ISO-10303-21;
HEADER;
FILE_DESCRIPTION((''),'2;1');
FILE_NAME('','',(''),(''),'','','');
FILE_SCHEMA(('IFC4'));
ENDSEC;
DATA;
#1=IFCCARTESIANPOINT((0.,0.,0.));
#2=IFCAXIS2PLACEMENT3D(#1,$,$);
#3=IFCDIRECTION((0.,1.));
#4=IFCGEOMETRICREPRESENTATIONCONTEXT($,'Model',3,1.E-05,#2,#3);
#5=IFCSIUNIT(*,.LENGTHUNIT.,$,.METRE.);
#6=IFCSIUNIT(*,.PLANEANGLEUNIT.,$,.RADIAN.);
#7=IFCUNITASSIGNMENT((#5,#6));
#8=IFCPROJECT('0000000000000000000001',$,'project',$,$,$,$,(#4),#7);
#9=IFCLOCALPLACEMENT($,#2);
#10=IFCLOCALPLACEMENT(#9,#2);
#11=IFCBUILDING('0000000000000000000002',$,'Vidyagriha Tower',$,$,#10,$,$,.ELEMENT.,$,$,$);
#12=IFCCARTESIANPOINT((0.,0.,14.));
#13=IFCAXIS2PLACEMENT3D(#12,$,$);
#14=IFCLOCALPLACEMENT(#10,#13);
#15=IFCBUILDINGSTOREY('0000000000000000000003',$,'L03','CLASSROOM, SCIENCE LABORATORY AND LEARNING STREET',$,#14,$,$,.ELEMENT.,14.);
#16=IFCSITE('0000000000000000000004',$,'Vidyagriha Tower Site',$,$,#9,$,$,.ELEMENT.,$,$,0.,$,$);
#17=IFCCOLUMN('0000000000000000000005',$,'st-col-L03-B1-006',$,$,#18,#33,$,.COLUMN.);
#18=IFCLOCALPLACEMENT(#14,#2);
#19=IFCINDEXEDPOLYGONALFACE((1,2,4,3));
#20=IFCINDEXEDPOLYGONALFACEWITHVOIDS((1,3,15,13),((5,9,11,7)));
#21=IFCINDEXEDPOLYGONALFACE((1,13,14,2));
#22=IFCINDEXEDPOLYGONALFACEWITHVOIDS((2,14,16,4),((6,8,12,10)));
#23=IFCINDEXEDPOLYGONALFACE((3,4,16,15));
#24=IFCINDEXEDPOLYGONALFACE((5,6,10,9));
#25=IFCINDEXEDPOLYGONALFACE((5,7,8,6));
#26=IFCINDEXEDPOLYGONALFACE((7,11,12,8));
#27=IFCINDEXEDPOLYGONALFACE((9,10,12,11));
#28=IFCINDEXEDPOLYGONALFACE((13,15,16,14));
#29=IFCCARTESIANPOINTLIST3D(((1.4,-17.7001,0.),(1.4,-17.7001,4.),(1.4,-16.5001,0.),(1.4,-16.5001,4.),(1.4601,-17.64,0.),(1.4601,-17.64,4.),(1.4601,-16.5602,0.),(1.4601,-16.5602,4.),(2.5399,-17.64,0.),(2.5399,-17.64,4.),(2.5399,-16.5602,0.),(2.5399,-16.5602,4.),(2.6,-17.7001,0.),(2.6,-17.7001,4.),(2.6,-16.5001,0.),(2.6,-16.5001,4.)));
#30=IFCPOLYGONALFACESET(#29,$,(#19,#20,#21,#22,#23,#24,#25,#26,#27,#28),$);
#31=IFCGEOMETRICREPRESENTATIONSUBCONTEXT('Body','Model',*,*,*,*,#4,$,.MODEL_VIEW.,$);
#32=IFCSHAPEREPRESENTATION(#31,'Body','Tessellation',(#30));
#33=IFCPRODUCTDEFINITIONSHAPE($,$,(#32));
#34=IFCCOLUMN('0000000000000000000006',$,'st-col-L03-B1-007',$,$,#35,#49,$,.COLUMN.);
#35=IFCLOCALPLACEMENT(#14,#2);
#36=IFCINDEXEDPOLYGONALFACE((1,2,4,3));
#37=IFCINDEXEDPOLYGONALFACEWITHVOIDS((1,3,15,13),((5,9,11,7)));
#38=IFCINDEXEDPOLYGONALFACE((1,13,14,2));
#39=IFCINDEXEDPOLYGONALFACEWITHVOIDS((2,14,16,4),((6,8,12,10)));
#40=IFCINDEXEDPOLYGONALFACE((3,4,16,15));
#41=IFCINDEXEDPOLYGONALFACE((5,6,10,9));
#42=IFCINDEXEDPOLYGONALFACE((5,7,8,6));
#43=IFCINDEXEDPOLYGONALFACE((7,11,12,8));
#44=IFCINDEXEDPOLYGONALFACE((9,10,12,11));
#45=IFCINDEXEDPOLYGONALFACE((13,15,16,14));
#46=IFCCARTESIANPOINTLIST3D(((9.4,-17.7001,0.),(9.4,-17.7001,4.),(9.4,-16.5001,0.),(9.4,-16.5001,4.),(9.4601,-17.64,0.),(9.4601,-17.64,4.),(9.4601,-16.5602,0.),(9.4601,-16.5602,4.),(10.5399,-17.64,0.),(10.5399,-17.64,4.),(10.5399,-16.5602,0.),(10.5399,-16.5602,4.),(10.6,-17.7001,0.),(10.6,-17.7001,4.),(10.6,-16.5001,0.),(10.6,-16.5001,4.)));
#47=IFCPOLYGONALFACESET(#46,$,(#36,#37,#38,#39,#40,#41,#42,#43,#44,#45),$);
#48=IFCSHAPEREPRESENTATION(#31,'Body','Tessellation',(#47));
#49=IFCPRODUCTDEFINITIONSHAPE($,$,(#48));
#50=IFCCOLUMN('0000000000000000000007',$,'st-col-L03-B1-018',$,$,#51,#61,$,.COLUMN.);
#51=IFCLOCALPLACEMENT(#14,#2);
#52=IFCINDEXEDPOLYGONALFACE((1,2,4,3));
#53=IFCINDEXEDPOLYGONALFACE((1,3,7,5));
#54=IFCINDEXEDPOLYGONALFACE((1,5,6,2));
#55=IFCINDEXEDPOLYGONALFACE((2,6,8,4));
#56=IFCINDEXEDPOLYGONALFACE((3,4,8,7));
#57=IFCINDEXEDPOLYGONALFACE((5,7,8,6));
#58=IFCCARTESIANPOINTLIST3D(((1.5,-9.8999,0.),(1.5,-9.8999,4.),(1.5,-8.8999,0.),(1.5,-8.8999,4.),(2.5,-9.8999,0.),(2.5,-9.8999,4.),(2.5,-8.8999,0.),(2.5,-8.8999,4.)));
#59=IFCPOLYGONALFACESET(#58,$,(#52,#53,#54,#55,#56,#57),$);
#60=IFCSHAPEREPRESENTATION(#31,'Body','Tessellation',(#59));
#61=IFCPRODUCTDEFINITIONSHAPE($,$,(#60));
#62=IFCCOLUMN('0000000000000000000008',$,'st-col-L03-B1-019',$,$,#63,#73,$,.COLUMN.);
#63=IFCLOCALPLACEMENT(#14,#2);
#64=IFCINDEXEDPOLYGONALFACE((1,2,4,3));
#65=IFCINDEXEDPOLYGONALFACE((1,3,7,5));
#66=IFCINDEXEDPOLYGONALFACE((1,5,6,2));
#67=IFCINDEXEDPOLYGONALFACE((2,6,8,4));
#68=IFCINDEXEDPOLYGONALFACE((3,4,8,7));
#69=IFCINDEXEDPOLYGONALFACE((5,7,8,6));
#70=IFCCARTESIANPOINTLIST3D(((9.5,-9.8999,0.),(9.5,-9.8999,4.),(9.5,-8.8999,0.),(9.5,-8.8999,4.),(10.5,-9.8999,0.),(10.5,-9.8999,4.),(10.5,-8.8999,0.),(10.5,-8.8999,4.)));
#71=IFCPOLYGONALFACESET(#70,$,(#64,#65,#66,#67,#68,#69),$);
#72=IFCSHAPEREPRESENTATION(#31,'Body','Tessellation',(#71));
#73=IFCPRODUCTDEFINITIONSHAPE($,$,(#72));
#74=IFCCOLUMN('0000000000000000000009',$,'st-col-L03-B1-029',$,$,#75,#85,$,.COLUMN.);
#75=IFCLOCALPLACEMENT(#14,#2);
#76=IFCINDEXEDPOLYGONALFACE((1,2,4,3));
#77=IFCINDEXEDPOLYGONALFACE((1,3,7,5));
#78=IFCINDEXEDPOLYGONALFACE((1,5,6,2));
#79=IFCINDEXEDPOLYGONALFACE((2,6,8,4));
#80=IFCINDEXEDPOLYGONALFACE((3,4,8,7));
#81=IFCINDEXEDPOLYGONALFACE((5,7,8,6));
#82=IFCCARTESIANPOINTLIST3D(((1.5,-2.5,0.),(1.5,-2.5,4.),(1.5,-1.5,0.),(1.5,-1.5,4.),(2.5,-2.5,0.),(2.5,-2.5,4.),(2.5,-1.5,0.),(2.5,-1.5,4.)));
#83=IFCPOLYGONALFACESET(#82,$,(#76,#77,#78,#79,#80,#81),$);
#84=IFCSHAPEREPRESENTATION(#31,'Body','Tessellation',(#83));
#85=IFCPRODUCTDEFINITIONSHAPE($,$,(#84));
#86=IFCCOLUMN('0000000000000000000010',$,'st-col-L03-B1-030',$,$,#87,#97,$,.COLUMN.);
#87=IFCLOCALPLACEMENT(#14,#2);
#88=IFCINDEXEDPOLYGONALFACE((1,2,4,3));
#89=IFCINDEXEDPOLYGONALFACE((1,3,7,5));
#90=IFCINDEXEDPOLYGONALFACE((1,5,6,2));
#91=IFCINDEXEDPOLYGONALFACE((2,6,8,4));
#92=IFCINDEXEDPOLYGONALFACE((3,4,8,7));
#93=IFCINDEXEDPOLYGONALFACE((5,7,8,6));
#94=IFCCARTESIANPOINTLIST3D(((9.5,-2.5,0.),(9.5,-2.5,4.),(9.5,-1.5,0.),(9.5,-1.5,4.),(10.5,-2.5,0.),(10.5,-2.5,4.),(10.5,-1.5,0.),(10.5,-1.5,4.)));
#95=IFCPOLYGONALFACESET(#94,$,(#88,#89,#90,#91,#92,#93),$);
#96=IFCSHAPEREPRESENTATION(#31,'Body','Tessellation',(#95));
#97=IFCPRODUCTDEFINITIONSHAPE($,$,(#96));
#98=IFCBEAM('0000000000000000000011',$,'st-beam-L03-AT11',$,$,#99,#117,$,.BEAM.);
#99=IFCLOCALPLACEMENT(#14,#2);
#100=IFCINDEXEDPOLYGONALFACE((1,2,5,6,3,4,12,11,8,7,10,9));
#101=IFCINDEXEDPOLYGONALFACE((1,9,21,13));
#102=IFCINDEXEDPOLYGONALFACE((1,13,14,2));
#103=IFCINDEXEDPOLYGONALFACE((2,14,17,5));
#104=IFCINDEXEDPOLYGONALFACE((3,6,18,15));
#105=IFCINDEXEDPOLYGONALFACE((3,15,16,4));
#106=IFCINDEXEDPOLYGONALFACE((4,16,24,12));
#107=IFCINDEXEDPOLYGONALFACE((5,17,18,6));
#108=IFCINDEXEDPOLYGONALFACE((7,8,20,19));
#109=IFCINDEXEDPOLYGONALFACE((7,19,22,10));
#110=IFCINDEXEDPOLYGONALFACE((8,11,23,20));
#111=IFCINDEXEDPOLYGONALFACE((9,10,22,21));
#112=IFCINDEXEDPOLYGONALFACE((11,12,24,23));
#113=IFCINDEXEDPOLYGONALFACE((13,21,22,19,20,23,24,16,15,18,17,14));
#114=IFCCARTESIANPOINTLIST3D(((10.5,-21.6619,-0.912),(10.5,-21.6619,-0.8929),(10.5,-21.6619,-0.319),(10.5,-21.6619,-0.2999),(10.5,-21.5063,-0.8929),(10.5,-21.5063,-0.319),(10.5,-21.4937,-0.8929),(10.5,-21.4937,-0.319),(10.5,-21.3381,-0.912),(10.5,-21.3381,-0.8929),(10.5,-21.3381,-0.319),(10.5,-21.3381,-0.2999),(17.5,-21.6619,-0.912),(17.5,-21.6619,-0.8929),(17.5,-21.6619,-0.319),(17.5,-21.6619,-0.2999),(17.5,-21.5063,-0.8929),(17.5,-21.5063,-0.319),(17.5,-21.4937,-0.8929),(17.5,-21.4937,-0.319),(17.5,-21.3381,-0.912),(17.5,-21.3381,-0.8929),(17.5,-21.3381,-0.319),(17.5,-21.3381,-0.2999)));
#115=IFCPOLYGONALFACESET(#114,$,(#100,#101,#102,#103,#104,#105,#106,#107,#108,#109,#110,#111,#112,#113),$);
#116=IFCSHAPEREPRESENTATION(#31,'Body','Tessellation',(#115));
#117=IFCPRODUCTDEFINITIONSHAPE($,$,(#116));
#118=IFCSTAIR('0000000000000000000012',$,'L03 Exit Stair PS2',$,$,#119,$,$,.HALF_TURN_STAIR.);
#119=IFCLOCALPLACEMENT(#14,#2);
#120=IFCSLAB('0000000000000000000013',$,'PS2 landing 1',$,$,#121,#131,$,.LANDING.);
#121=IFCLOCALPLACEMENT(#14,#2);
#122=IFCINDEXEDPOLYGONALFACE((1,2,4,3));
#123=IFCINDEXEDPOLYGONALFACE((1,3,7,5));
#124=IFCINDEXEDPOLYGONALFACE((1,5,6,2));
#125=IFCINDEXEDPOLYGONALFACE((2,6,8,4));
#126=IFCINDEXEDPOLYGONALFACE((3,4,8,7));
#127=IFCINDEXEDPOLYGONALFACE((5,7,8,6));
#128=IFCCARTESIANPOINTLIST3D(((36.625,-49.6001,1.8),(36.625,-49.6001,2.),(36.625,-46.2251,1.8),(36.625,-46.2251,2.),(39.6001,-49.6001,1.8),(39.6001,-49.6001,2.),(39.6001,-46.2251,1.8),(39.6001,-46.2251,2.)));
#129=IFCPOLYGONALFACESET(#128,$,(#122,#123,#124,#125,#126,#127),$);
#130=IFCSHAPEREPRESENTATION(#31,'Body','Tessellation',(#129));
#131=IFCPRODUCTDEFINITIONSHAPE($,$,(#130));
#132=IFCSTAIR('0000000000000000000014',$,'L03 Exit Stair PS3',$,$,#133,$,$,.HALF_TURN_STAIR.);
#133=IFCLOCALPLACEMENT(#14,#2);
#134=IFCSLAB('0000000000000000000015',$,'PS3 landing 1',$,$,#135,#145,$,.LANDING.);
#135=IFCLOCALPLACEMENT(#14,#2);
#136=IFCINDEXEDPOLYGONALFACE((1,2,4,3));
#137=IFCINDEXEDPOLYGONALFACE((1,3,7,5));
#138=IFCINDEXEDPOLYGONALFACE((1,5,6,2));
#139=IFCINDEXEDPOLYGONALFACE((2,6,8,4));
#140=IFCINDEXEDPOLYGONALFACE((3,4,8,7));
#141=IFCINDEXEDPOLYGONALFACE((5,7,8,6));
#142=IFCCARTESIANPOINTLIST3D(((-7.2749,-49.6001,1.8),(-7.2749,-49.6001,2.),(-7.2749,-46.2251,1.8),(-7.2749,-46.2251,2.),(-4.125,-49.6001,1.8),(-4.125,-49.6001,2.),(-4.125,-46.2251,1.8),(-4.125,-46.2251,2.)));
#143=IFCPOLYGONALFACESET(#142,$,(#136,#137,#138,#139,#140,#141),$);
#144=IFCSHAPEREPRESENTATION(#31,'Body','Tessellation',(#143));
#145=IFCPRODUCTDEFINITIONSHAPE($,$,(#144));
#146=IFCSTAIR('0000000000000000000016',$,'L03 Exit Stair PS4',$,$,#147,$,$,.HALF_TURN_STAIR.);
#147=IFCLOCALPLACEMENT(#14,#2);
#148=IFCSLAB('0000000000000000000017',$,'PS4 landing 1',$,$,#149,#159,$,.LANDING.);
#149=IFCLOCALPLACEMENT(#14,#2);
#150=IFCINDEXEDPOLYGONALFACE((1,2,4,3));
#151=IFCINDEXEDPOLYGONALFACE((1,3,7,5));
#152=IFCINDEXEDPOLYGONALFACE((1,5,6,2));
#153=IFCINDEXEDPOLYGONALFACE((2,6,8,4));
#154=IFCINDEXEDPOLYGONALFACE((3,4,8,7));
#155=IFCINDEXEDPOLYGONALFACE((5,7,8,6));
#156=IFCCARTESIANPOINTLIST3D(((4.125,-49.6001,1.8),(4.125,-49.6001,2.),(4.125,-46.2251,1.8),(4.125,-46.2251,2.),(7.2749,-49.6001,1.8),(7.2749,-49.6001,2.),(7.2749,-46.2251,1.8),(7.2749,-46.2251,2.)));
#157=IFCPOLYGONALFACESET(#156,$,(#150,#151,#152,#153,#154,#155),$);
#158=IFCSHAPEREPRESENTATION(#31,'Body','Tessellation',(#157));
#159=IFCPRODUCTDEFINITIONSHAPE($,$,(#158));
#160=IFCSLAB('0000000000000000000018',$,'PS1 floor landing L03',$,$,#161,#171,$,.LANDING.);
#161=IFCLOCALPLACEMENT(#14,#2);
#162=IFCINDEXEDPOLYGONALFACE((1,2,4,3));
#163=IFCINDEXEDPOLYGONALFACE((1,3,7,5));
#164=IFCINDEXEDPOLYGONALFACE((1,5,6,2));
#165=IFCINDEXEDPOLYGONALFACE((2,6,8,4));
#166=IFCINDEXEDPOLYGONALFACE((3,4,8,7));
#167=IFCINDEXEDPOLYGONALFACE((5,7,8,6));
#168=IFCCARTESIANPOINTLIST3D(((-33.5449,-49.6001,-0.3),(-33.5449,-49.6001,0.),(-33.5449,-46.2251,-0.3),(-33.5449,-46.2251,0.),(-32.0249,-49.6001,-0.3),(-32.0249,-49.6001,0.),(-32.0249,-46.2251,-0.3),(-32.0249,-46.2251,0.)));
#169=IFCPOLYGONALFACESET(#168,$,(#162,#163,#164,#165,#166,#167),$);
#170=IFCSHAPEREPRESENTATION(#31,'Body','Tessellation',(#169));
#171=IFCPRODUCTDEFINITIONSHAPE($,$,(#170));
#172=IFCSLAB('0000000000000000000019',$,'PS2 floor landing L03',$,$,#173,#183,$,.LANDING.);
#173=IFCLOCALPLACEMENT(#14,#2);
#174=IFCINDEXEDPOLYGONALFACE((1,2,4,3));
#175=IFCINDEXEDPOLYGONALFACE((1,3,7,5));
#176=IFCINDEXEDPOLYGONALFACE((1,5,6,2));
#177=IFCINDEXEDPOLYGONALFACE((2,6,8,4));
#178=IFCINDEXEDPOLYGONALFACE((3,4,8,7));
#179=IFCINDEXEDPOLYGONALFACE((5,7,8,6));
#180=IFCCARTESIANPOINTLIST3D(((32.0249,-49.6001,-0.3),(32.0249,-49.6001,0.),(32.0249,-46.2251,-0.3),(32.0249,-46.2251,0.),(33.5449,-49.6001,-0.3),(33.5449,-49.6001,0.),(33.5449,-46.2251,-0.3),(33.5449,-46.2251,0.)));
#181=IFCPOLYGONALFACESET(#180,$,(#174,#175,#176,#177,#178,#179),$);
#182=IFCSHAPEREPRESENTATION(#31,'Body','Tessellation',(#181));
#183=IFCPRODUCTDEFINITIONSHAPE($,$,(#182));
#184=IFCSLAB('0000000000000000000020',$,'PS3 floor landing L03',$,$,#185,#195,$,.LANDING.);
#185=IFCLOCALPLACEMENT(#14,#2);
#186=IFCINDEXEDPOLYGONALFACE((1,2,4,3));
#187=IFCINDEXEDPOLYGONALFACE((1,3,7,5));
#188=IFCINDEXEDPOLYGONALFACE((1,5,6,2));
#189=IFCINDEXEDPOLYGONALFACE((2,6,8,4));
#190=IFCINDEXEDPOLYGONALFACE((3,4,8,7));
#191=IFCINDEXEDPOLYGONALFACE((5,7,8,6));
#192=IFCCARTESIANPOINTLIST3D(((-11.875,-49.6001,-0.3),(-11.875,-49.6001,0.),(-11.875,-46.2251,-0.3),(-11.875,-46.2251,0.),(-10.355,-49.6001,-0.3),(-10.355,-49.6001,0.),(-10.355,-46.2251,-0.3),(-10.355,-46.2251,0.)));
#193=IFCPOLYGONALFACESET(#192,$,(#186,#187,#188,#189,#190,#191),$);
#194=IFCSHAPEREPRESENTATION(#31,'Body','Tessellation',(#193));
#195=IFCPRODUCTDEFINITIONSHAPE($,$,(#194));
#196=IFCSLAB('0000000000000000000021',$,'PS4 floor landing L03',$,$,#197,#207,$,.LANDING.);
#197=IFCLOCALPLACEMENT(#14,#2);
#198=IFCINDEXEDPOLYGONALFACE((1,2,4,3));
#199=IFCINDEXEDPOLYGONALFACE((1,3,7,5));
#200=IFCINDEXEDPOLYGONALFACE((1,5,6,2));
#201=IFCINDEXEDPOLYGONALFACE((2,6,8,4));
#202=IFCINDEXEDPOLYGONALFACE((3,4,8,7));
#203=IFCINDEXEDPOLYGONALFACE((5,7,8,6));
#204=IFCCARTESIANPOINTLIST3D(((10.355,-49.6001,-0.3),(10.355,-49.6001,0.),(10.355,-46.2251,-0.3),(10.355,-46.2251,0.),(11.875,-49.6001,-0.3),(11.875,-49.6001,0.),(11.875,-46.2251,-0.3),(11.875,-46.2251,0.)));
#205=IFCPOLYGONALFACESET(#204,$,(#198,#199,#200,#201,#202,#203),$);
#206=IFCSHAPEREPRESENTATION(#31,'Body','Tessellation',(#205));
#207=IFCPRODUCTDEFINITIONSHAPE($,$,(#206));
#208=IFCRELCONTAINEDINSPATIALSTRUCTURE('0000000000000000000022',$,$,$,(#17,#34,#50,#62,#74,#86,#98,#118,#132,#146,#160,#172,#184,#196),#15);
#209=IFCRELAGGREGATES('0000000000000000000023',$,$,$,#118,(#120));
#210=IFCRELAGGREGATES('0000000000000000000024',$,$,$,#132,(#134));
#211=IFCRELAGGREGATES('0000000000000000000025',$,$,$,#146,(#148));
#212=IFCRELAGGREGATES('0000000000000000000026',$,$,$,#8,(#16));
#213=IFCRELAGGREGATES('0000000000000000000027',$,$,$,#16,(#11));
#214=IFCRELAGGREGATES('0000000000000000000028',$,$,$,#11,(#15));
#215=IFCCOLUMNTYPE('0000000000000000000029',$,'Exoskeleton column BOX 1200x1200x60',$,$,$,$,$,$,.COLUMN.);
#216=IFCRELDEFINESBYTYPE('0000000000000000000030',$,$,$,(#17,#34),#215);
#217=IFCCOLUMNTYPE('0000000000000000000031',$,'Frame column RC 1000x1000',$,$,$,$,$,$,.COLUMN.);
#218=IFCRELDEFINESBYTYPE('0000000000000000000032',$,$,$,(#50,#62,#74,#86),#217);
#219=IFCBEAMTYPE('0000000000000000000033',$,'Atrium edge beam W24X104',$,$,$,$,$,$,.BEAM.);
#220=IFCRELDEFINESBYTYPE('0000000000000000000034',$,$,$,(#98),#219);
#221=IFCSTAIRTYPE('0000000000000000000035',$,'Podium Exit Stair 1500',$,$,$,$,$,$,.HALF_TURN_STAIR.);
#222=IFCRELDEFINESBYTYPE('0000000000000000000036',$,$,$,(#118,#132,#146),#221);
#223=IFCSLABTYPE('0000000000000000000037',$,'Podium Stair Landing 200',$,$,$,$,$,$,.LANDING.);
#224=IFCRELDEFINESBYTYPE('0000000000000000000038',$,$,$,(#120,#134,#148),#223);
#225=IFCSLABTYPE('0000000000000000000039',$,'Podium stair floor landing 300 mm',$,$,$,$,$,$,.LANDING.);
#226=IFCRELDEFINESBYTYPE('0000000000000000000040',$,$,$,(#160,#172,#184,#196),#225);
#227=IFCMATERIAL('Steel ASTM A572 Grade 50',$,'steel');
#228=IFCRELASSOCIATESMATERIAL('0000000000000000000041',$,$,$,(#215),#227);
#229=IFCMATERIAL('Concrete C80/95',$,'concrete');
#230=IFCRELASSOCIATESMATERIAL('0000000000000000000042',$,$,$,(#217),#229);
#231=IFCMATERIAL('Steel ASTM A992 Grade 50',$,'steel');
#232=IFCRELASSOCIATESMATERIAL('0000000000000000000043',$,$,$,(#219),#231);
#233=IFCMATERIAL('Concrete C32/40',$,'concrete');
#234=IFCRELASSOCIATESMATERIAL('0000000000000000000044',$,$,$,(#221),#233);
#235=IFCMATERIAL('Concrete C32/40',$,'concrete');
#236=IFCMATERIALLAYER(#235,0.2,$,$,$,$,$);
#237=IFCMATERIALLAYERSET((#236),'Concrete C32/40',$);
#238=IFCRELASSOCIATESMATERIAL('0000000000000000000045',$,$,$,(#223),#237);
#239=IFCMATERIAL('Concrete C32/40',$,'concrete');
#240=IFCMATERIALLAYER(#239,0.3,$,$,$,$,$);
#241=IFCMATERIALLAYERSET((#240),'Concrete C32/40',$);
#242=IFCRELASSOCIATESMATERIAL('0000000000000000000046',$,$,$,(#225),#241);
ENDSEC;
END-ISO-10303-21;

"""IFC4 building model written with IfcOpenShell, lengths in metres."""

from ifc_helpers import new_model, si_unit, direction, frame, origin, origin_2d, place, context, subcontext, project, spatial, polyline, rectangle, hollow_rectangle, i_section, outline, extrude, material, layer, layer_set, material_profile, profile_set, type_object, element, aggregate, save


model = new_model("IFC4")

# Units and contexts
model_context = context("Model", 3, precision=1e-05, world=origin(), true_north=direction((0.0, 1.0)))
body_context = subcontext(model_context, "Body", "Model", "MODEL_VIEW")
ifc_project = project(units=[si_unit("LENGTHUNIT", "METRE"), si_unit("PLANEANGLEUNIT", "RADIAN")], contexts=[model_context])

# Site, building, storey
site_placement = place(None, origin())
site = spatial("IfcSite", under=ifc_project, at=site_placement, Name="Vidyagriha Tower Site", CompositionType="ELEMENT", RefElevation=0.0)
building_placement = place(site_placement, origin())
building = spatial("IfcBuilding", under=site, at=building_placement, Name="Vidyagriha Tower", CompositionType="ELEMENT")
storey_placement = place(building_placement, frame((0.0, 0.0, 14.0)))
storey = spatial("IfcBuildingStorey", under=building, at=storey_placement, Name="L03", Description="CLASSROOM, SCIENCE LABORATORY AND LEARNING STREET", CompositionType="ELEMENT", Elevation=14.0)

# Columns
ifc_material_1 = material(Name="Steel ASTM A572 Grade 50", Category="steel")
ifc_material_profile_1 = material_profile(ifc_material_1, hollow_rectangle(XDim=1.2, YDim=1.2, WallThickness=0.0601, at=origin_2d()), Name="BOX 1200x1200x60")
ifc_profile_set_1 = profile_set([ifc_material_profile_1], Name="Steel ASTM A572 Grade 50")
column_type_1 = type_object("IfcColumnType", Name="Exoskeleton column BOX 1200x1200x60", PredefinedType="COLUMN", material=ifc_profile_set_1)
for number, where, name in (
    (1, (2.0, -17.1001, 0.0), "st-col-L03-B1-006"),
    (2, (10.0, -17.1001, 0.0), "st-col-L03-B1-007"),
):
    element("IfcColumn", number, at=place(storey_placement, frame(where)), inside=storey, type_object=column_type_1, Name=name, PredefinedType="COLUMN", context=body_context, shape_type="SweptSolid", body=[
        extrude(hollow_rectangle(XDim=1.2, YDim=1.2, WallThickness=0.0601, at=origin_2d()), origin(), (0.0, 0.0, 1.0), 4.0),
    ])
ifc_material_2 = material(Name="Concrete C80/95", Category="concrete")
ifc_material_profile_2 = material_profile(ifc_material_2, rectangle(XDim=1.0, YDim=1.0, at=origin_2d()), Name="RC 1000x1000")
ifc_profile_set_2 = profile_set([ifc_material_profile_2], Name="Concrete C80/95")
column_type_2 = type_object("IfcColumnType", Name="Frame column RC 1000x1000", PredefinedType="COLUMN", material=ifc_profile_set_2)
for number, where, name in (
    (3, (2.0, -9.3999, 0.0), "st-col-L03-B1-018"),
    (4, (10.0, -9.3999, 0.0), "st-col-L03-B1-019"),
    (5, (2.0, -2.0, 0.0), "st-col-L03-B1-029"),
    (6, (10.0, -2.0, 0.0), "st-col-L03-B1-030"),
):
    element("IfcColumn", number, at=place(storey_placement, frame(where)), inside=storey, type_object=column_type_2, Name=name, PredefinedType="COLUMN", context=body_context, shape_type="SweptSolid", body=[
        extrude(rectangle(XDim=1.0, YDim=1.0, at=origin_2d()), origin(), (0.0, 0.0, 1.0), 4.0),
    ])

# Beam
ifc_material_3 = material(Name="Steel ASTM A992 Grade 50", Category="steel")
ifc_material_profile_3 = material_profile(ifc_material_3, i_section(OverallWidth=0.3237, OverallDepth=0.6121, WebThickness=0.0127, FlangeThickness=0.019, at=origin_2d()), Name="W24X104")
ifc_profile_set_3 = profile_set([ifc_material_profile_3], Name="Steel ASTM A992 Grade 50")
beam_type = type_object("IfcBeamType", Name="Atrium edge beam W24X104", PredefinedType="BEAM", material=ifc_profile_set_3)
beam_placement = place(storey_placement, frame((10.5, -21.5, -0.606), z_axis=(1.0, 0.0, 0.0), x_axis=(0.0, 1.0, 0.0)))
element("IfcBeam", 7, at=beam_placement, inside=storey, type_object=beam_type, Name="st-beam-L03-AT11", PredefinedType="BEAM", context=body_context, shape_type="SweptSolid", body=[
    extrude(i_section(OverallWidth=0.3237, OverallDepth=0.6121, WebThickness=0.0127, FlangeThickness=0.019, at=origin_2d()), origin(), (0.0, 0.0, 1.0), 7.0),
])

# Stairs, slabs
ifc_material_4 = material(Name="Concrete C32/40", Category="concrete")
stair_type = type_object("IfcStairType", Name="Podium Exit Stair 1500", PredefinedType="HALF_TURN_STAIR", material=ifc_material_4)
stair_1_placement = place(storey_placement, origin())
stair_1 = element("IfcStair", 8, at=stair_1_placement, inside=storey, type_object=stair_type, Name="L03 Exit Stair PS2", PredefinedType="HALF_TURN_STAIR")
ifc_material_5 = material(Name="Concrete C32/40", Category="concrete")
ifc_layer_1 = layer(ifc_material_5, 0.2)
ifc_layer_set_1 = layer_set([ifc_layer_1], Name="Concrete C32/40")
slab_type_1 = type_object("IfcSlabType", Name="Podium Stair Landing 200", PredefinedType="LANDING", material=ifc_layer_set_1)
slab_1_placement = place(storey_placement, frame((0.0, 0.0, 1.8)))
slab_1 = element("IfcSlab", 9, at=slab_1_placement, type_object=slab_type_1, Name="PS2 landing 1", PredefinedType="LANDING", context=body_context, shape_type="SweptSolid", body=[
    extrude(outline(polyline([(36.625, -49.6001), (39.6001, -49.6001), (39.6001, -46.2251), (36.625, -46.2251), (36.625, -49.6001)])), origin(), (0.0, 0.0, 1.0), 0.2),
])
aggregate(stair_1, [slab_1])
stair_2_placement = place(storey_placement, origin())
stair_2 = element("IfcStair", 10, at=stair_2_placement, inside=storey, type_object=stair_type, Name="L03 Exit Stair PS3", PredefinedType="HALF_TURN_STAIR")
slab_2_placement = place(storey_placement, frame((0.0, 0.0, 1.8)))
slab_2 = element("IfcSlab", 11, at=slab_2_placement, type_object=slab_type_1, Name="PS3 landing 1", PredefinedType="LANDING", context=body_context, shape_type="SweptSolid", body=[
    extrude(outline(polyline([(-7.2749, -49.6001), (-4.125, -49.6001), (-4.125, -46.2251), (-7.2749, -46.2251), (-7.2749, -49.6001)])), origin(), (0.0, 0.0, 1.0), 0.2),
])
aggregate(stair_2, [slab_2])
stair_3_placement = place(storey_placement, origin())
stair_3 = element("IfcStair", 12, at=stair_3_placement, inside=storey, type_object=stair_type, Name="L03 Exit Stair PS4", PredefinedType="HALF_TURN_STAIR")
slab_3_placement = place(storey_placement, frame((0.0, 0.0, 1.8)))
slab_3 = element("IfcSlab", 13, at=slab_3_placement, type_object=slab_type_1, Name="PS4 landing 1", PredefinedType="LANDING", context=body_context, shape_type="SweptSolid", body=[
    extrude(outline(polyline([(7.2749, -46.2251), (4.125, -46.2251), (4.125, -49.6001), (7.2749, -49.6001), (7.2749, -46.2251)])), origin(), (0.0, 0.0, 1.0), 0.2),
])
aggregate(stair_3, [slab_3])

# Slabs
ifc_material_6 = material(Name="Concrete C32/40", Category="concrete")
ifc_layer_2 = layer(ifc_material_6, 0.3)
ifc_layer_set_2 = layer_set([ifc_layer_2], Name="Concrete C32/40")
slab_type_2 = type_object("IfcSlabType", Name="Podium stair floor landing 300 mm", PredefinedType="LANDING", material=ifc_layer_set_2)
slab_4_placement = place(storey_placement, frame((0.0, 0.0, -0.3)))
element("IfcSlab", 14, at=slab_4_placement, inside=storey, type_object=slab_type_2, Name="PS1 floor landing L03", PredefinedType="LANDING", context=body_context, shape_type="SweptSolid", body=[
    extrude(outline(polyline([(-33.5449, -49.6001), (-32.0249, -49.6001), (-32.0249, -46.2251), (-33.5449, -46.2251), (-33.5449, -49.6001)])), origin(), (0.0, 0.0, 1.0), 0.3),
])
slab_5_placement = place(storey_placement, frame((0.0, 0.0, -0.3)))
element("IfcSlab", 15, at=slab_5_placement, inside=storey, type_object=slab_type_2, Name="PS2 floor landing L03", PredefinedType="LANDING", context=body_context, shape_type="SweptSolid", body=[
    extrude(outline(polyline([(32.0249, -49.6001), (33.5449, -49.6001), (33.5449, -46.2251), (32.0249, -46.2251), (32.0249, -49.6001)])), origin(), (0.0, 0.0, 1.0), 0.3),
])
slab_6_placement = place(storey_placement, frame((0.0, 0.0, -0.3)))
element("IfcSlab", 16, at=slab_6_placement, inside=storey, type_object=slab_type_2, Name="PS3 floor landing L03", PredefinedType="LANDING", context=body_context, shape_type="SweptSolid", body=[
    extrude(outline(polyline([(-11.875, -49.6001), (-10.355, -49.6001), (-10.355, -46.2251), (-11.875, -46.2251), (-11.875, -49.6001)])), origin(), (0.0, 0.0, 1.0), 0.3),
])
slab_7_placement = place(storey_placement, frame((0.0, 0.0, -0.3)))
element("IfcSlab", 17, at=slab_7_placement, inside=storey, type_object=slab_type_2, Name="PS4 floor landing L03", PredefinedType="LANDING", context=body_context, shape_type="SweptSolid", body=[
    extrude(outline(polyline([(10.355, -49.6001), (11.875, -49.6001), (11.875, -46.2251), (10.355, -46.2251), (10.355, -49.6001)])), origin(), (0.0, 0.0, 1.0), 0.3),
])

save(model, "model.ifc")
